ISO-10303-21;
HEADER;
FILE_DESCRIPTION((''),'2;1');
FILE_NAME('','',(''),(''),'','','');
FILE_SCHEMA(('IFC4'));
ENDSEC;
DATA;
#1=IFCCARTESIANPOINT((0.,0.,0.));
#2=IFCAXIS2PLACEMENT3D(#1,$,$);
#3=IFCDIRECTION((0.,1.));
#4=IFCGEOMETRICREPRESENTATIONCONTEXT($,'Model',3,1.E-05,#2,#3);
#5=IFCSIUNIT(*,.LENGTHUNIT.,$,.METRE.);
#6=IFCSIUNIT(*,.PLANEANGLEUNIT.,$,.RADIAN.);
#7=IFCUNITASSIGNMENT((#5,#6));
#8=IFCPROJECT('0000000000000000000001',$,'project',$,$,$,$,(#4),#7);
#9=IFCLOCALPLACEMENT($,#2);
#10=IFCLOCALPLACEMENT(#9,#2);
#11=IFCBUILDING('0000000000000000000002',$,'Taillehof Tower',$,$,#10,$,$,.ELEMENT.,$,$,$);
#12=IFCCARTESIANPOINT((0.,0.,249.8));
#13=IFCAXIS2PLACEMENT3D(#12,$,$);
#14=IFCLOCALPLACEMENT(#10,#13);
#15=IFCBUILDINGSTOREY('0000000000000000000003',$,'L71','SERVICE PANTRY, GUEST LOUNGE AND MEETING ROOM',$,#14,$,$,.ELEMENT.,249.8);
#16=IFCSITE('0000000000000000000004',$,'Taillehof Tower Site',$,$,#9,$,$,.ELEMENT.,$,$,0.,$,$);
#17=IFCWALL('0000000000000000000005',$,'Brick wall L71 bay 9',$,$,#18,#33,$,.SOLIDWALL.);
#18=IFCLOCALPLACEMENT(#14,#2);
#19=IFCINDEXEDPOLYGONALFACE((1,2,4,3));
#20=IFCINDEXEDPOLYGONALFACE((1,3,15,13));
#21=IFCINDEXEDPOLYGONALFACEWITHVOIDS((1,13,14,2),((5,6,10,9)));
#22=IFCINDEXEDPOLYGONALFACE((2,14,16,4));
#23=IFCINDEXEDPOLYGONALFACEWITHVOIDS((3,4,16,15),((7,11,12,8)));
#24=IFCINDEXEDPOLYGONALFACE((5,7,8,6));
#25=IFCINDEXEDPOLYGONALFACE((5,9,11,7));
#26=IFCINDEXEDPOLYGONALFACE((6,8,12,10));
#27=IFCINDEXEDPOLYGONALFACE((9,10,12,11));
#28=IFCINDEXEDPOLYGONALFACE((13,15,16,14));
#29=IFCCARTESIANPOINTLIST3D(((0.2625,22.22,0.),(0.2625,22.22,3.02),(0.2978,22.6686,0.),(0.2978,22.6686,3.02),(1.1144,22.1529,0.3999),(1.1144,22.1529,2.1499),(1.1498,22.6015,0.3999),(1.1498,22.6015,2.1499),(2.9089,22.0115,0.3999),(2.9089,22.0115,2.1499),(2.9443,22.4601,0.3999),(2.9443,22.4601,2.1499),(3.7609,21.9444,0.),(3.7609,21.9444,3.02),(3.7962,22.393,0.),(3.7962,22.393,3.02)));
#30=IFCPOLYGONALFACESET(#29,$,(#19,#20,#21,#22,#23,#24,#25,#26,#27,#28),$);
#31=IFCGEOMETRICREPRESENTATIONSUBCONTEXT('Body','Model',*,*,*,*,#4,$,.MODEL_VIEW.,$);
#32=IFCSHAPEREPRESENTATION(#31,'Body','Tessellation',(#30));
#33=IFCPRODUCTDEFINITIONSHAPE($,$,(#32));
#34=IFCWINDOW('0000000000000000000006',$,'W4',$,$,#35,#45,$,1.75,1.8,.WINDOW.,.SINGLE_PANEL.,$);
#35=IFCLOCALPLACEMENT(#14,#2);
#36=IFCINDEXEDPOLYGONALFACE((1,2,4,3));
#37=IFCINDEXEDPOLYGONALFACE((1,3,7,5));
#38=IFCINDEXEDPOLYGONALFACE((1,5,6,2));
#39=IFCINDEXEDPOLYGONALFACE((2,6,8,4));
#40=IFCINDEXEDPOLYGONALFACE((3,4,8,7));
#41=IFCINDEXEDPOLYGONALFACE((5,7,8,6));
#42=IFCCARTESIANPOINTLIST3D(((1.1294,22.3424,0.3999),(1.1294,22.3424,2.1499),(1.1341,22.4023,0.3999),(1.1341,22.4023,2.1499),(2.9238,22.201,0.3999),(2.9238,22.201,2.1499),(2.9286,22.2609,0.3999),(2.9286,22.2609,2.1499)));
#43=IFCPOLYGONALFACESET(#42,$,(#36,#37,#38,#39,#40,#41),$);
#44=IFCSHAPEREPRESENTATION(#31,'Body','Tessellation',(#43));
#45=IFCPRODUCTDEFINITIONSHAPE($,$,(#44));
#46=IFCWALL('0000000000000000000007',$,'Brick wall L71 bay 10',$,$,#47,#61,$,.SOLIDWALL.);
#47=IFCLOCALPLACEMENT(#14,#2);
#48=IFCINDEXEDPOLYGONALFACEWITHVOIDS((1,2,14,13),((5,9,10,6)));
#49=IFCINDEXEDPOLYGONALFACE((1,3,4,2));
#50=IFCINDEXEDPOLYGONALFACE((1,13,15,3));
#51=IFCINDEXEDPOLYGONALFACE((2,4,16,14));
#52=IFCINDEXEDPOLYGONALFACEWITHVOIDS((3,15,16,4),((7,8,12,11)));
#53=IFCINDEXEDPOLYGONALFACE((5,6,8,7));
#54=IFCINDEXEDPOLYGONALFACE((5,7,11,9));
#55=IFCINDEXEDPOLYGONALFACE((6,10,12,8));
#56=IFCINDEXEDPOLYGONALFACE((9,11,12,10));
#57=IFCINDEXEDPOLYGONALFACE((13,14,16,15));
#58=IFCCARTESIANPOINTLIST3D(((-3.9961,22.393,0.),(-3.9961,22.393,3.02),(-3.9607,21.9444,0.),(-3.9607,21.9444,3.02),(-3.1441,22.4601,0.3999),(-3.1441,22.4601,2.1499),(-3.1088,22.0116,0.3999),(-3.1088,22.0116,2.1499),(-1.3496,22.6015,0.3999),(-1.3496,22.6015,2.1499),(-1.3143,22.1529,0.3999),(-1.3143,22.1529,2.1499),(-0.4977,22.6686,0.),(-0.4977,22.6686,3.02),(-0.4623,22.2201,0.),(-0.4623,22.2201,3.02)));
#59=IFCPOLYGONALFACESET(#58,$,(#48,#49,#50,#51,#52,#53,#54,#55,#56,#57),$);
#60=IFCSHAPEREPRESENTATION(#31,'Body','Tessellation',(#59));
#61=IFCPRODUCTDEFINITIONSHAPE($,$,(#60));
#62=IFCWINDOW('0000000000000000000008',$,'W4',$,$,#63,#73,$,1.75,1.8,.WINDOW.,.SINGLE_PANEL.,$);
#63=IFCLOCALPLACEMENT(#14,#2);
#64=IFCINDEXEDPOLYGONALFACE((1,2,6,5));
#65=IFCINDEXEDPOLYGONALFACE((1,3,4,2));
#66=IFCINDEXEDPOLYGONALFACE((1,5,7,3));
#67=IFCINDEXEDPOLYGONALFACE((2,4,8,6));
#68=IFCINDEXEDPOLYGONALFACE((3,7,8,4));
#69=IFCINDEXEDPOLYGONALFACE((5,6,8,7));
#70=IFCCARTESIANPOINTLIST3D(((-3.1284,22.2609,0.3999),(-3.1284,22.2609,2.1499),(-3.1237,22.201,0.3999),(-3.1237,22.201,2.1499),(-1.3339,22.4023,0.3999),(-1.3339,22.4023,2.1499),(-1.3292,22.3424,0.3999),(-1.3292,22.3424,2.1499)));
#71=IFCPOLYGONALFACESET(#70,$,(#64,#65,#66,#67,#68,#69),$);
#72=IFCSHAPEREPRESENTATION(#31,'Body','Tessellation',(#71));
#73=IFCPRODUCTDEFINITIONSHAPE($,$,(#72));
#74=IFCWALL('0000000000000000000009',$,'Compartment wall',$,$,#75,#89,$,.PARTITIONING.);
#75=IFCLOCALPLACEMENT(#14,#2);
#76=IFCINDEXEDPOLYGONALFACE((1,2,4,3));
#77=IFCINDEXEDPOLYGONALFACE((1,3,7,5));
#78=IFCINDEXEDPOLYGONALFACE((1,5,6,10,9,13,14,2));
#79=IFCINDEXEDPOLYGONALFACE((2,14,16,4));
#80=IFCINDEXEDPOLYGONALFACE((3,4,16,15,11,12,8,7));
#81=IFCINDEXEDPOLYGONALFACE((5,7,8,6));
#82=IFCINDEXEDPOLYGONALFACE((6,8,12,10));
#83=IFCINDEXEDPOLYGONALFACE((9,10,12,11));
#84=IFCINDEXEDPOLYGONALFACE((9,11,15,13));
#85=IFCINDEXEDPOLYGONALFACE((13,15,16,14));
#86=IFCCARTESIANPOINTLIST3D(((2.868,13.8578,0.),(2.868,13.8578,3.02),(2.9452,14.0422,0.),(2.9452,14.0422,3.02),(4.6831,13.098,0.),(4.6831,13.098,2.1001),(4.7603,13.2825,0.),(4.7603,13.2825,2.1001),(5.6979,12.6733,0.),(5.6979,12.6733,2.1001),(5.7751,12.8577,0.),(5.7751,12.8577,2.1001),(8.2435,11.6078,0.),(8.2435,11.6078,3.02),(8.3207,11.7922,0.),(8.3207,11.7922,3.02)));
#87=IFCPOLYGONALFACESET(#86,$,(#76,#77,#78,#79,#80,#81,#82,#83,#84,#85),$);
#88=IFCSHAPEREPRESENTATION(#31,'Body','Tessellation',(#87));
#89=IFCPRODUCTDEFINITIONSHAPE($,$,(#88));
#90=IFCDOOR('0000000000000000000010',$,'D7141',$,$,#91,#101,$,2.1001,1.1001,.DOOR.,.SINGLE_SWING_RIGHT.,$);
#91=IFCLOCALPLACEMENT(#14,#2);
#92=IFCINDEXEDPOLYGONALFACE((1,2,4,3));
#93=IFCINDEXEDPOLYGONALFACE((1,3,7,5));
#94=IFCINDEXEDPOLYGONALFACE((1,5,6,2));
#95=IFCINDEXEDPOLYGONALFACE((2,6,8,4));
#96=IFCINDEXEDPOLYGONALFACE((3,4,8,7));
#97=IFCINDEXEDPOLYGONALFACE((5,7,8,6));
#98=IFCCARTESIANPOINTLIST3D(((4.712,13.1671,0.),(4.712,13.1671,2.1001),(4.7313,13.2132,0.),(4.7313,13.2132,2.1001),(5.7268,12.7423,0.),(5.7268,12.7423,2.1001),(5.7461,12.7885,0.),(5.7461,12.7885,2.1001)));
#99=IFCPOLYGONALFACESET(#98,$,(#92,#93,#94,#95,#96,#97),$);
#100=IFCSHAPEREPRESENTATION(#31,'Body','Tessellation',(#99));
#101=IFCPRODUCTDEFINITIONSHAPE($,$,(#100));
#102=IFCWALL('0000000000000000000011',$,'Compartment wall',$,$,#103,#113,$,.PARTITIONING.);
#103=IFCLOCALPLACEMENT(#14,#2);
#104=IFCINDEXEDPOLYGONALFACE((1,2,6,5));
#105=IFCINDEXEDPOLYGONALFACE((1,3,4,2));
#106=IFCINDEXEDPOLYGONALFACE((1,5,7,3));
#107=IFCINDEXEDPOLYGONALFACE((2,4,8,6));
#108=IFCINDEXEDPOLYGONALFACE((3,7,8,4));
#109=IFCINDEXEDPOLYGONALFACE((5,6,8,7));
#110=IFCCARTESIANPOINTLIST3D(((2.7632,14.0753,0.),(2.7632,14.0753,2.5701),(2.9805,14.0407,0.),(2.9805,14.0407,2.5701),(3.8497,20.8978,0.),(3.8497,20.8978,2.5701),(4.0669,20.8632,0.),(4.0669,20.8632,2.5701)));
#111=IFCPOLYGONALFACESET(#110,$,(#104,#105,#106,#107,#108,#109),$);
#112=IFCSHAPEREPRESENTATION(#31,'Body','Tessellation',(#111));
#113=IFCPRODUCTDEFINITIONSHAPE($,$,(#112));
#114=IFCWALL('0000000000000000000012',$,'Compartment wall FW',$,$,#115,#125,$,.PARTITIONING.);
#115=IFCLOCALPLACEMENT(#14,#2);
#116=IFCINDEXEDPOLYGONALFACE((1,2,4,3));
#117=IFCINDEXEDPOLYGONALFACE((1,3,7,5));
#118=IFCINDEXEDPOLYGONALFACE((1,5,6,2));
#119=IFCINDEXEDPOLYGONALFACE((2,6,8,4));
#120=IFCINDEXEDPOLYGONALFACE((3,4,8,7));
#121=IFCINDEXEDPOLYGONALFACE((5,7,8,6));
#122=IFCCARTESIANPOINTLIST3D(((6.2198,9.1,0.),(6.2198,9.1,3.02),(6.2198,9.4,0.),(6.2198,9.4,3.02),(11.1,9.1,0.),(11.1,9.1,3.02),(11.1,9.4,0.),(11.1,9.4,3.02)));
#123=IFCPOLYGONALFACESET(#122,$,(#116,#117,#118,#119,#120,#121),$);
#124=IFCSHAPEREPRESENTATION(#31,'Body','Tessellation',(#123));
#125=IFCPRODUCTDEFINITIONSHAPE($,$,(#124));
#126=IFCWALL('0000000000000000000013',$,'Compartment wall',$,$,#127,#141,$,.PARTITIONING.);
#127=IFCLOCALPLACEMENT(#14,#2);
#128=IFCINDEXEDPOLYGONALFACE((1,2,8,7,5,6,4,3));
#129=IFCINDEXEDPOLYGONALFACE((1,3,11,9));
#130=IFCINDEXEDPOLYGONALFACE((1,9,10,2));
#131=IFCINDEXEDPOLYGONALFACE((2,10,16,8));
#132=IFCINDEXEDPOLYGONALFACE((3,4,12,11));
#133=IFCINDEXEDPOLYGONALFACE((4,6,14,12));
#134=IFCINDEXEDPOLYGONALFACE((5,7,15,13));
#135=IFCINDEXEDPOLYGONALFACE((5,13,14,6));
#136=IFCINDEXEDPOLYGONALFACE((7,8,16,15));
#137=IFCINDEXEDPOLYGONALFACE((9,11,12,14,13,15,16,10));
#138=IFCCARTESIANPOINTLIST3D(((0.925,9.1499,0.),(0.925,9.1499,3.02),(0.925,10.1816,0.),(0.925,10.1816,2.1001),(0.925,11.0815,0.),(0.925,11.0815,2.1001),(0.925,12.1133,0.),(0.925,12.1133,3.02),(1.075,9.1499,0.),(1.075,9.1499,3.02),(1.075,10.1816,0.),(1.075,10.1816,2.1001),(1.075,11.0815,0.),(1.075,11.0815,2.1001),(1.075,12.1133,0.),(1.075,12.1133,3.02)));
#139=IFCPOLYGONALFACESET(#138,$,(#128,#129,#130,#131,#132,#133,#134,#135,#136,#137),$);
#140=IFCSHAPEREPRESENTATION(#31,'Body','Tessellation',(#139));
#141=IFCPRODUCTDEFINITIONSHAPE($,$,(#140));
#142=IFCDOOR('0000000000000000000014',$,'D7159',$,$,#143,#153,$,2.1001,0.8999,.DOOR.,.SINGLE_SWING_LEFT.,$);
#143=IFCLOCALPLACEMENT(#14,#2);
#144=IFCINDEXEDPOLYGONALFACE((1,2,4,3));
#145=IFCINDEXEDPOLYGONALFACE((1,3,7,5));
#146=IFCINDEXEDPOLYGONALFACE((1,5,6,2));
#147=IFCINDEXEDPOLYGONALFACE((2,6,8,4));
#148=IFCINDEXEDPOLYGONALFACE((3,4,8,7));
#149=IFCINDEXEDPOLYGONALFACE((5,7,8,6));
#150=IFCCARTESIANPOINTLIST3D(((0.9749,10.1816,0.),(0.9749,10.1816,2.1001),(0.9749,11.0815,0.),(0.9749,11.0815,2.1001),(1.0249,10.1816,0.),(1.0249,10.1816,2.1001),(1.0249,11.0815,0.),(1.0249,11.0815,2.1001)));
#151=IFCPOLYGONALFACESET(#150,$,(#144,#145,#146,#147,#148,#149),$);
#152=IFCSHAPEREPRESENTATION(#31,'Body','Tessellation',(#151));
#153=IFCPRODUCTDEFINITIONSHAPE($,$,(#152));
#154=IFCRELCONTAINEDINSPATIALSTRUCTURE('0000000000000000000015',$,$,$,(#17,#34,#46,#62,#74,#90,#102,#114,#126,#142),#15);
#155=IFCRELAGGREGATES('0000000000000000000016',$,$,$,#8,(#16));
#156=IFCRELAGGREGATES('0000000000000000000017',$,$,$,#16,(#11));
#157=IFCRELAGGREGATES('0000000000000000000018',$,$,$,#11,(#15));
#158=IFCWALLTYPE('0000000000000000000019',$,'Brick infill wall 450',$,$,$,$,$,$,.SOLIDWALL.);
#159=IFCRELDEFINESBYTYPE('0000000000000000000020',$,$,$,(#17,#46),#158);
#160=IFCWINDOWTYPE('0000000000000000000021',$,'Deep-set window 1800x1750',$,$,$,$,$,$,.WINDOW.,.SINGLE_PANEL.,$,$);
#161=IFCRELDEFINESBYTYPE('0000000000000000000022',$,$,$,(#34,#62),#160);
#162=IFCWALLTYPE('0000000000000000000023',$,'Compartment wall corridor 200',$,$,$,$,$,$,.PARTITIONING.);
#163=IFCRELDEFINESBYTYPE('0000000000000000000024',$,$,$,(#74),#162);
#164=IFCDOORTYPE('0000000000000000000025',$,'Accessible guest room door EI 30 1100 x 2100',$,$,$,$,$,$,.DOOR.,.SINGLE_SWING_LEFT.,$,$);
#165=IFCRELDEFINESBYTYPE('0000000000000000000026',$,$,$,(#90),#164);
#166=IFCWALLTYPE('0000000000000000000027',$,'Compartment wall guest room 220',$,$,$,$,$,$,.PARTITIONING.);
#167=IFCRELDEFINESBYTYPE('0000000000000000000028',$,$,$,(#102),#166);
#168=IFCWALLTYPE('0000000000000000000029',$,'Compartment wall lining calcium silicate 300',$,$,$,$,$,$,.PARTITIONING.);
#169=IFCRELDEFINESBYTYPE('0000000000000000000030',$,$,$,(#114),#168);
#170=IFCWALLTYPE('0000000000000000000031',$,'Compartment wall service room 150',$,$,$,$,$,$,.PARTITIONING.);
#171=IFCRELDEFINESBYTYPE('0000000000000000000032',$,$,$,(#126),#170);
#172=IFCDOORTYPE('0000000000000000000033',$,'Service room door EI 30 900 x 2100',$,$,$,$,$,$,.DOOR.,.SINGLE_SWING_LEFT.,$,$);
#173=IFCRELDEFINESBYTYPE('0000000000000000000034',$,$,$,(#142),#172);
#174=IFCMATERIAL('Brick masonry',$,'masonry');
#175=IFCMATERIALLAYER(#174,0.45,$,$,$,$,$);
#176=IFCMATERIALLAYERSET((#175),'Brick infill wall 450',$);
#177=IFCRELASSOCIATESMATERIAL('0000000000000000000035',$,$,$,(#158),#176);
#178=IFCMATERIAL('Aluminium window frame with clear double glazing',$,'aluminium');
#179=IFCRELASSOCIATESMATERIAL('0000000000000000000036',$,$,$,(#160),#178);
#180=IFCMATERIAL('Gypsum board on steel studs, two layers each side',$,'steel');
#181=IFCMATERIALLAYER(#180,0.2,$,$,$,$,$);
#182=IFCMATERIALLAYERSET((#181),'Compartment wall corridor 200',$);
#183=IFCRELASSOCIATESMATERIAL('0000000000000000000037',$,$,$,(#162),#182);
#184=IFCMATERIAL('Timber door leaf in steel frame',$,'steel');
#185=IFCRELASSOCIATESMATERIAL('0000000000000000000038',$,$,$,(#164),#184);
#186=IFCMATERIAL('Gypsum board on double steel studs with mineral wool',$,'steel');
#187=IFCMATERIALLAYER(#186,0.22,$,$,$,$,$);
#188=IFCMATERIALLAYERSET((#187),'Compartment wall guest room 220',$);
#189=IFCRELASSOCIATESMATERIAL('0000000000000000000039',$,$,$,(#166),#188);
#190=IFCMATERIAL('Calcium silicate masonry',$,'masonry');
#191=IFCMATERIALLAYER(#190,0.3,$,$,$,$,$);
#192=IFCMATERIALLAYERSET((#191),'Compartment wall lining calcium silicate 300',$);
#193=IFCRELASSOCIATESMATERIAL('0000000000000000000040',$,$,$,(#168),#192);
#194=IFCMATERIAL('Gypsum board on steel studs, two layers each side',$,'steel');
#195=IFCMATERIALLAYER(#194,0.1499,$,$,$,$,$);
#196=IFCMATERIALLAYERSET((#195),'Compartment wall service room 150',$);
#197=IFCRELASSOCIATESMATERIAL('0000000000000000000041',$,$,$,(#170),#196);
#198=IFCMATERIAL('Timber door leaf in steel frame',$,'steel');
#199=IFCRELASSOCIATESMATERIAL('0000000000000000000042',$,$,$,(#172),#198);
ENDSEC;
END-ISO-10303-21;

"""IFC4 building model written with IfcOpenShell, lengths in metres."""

from ifc_helpers import new_model, si_unit, direction, frame, frame_2d, origin, place, context, subcontext, project, spatial, rectangle, extrude, material, layer, layer_set, type_object, element, fill, save


model = new_model("IFC4")

# Units and contexts
model_context = context("Model", 3, precision=1e-05, world=origin(), true_north=direction((0.0, 1.0)))
body_context = subcontext(model_context, "Body", "Model", "MODEL_VIEW")
ifc_project = project(units=[si_unit("LENGTHUNIT", "METRE"), si_unit("PLANEANGLEUNIT", "RADIAN")], contexts=[model_context])

# Site, building, storey
site_placement = place(None, origin())
site = spatial("IfcSite", under=ifc_project, at=site_placement, Name="Taillehof Tower Site", CompositionType="ELEMENT", RefElevation=0.0)
building_placement = place(site_placement, origin())
building = spatial("IfcBuilding", under=site, at=building_placement, Name="Taillehof Tower", CompositionType="ELEMENT")
storey_placement = place(building_placement, frame((0.0, 0.0, 249.8)))
storey = spatial("IfcBuildingStorey", under=building, at=storey_placement, Name="L71", Description="SERVICE PANTRY, GUEST LOUNGE AND MEETING ROOM", CompositionType="ELEMENT", Elevation=249.8)

# Walls, openings, windows
ifc_material_1 = material(Name="Brick masonry", Category="masonry")
ifc_layer_1 = layer(ifc_material_1, 0.45)
ifc_layer_set_1 = layer_set([ifc_layer_1], Name="Brick infill wall 450")
wall_type_1 = type_object("IfcWallType", Name="Brick infill wall 450", PredefinedType="SOLIDWALL", material=ifc_layer_set_1)
ifc_material_2 = material(Name="Aluminium window frame with clear double glazing", Category="aluminium")
window_type = type_object("IfcWindowType", Name="Deep-set window 1800x1750", PartitioningType="SINGLE_PANEL", PredefinedType="WINDOW", material=ifc_material_2)
wall_1_placement = place(storey_placement, frame((3.7786, 22.1687, 0.0), z_axis=(0.0, 0.0, 1.0), x_axis=(-0.996911, 0.078542, 0.0)))
wall_1 = element("IfcWall", 1, at=wall_1_placement, inside=storey, type_object=wall_type_1, Name="Brick wall L71 bay 9", PredefinedType="SOLIDWALL", context=body_context, shape_type="SweptSolid", body=[
    extrude(rectangle(XDim=3.5093, YDim=0.45, at=frame_2d((1.7546, 0.0))), origin(), (0.0, 0.0, 1.0), 3.02),
])
opening_1_placement = place(wall_1_placement, frame((0.8547, 0.0, 0.3999)))
opening_1 = element("IfcOpeningElement", 2, at=opening_1_placement, cuts=wall_1, PredefinedType="OPENING", context=body_context, shape_type="SweptSolid", body=[
    extrude(rectangle(XDim=1.8, YDim=1.75, at=frame_2d((0.8999, 0.875))), frame((0.0, 0.2349, 0.0), z_axis=(0.0, -1.0, 0.0), x_axis=(1.0, 0.0, 0.0)), (0.0, 0.0, 1.0), 0.47),
])
window_1_placement = place(opening_1_placement, origin())
window_1 = element("IfcWindow", 3, at=window_1_placement, inside=storey, type_object=window_type, Name="W4", OverallHeight=1.75, OverallWidth=1.8, PartitioningType="SINGLE_PANEL", PredefinedType="WINDOW", context=body_context, shape_type="SweptSolid", body=[
    extrude(rectangle(XDim=1.8, YDim=1.75, at=frame_2d((0.8999, 0.875))), frame((0.0, 0.0349, 0.0), z_axis=(0.0, -1.0, 0.0), x_axis=(1.0, 0.0, 0.0)), (0.0, 0.0, 1.0), 0.0601),
])
fill(opening_1, window_1)
wall_2_placement = place(storey_placement, frame((-0.48, 22.4443, 0.0), z_axis=(0.0, 0.0, 1.0), x_axis=(-0.996911, -0.078542, 0.0)))
wall_2 = element("IfcWall", 4, at=wall_2_placement, inside=storey, type_object=wall_type_1, Name="Brick wall L71 bay 10", PredefinedType="SOLIDWALL", context=body_context, shape_type="SweptSolid", body=[
    extrude(rectangle(XDim=3.5093, YDim=0.45, at=frame_2d((1.7546, 0.0))), origin(), (0.0, 0.0, 1.0), 3.02),
])
opening_2_placement = place(wall_2_placement, frame((0.8547, 0.0, 0.3999)))
opening_2 = element("IfcOpeningElement", 5, at=opening_2_placement, cuts=wall_2, PredefinedType="OPENING", context=body_context, shape_type="SweptSolid", body=[
    extrude(rectangle(XDim=1.8, YDim=1.75, at=frame_2d((0.8999, 0.875))), frame((0.0, 0.2349, 0.0), z_axis=(0.0, -1.0, 0.0), x_axis=(1.0, 0.0, 0.0)), (0.0, 0.0, 1.0), 0.47),
])
window_2_placement = place(opening_2_placement, origin())
window_2 = element("IfcWindow", 6, at=window_2_placement, inside=storey, type_object=window_type, Name="W4", OverallHeight=1.75, OverallWidth=1.8, PartitioningType="SINGLE_PANEL", PredefinedType="WINDOW", context=body_context, shape_type="SweptSolid", body=[
    extrude(rectangle(XDim=1.8, YDim=1.75, at=frame_2d((0.8999, 0.875))), frame((0.0, 0.0349, 0.0), z_axis=(0.0, -1.0, 0.0), x_axis=(1.0, 0.0, 0.0)), (0.0, 0.0, 1.0), 0.0601),
])
fill(opening_2, window_2)

# Wall, opening, door
ifc_material_3 = material(Name="Gypsum board on steel studs, two layers each side", Category="steel")
ifc_layer_2 = layer(ifc_material_3, 0.2)
ifc_layer_set_2 = layer_set([ifc_layer_2], Name="Compartment wall corridor 200")
wall_type_2 = type_object("IfcWallType", Name="Compartment wall corridor 200", PredefinedType="PARTITIONING", material=ifc_layer_set_2)
wall_3_placement = place(storey_placement, frame((2.9067, 13.95, 0.0), z_axis=(0.0, 0.0, 1.0), x_axis=(0.922453, -0.386108, 0.0)))
wall_3 = element("IfcWall", 7, at=wall_3_placement, inside=storey, type_object=wall_type_2, Name="Compartment wall", PredefinedType="PARTITIONING", context=body_context, shape_type="SweptSolid", body=[
    extrude(rectangle(XDim=5.8274, YDim=0.2, at=frame_2d((2.9136, 0.0))), origin(), (0.0, 0.0, 1.0), 3.02),
])
opening_3_placement = place(wall_3_placement, frame((1.9675, 0.0, 0.0)))
opening_3 = element("IfcOpeningElement", 8, at=opening_3_placement, cuts=wall_3, PredefinedType="OPENING", context=body_context, shape_type="SweptSolid", body=[
    extrude(rectangle(XDim=1.1001, YDim=2.1001, at=frame_2d((0.55, 1.05))), frame((0.0, 0.1099, 0.0), z_axis=(0.0, -1.0, 0.0), x_axis=(1.0, 0.0, 0.0)), (0.0, 0.0, 1.0), 0.22),
])
ifc_material_4 = material(Name="Timber door leaf in steel frame", Category="steel")
door_type_1 = type_object("IfcDoorType", Name="Accessible guest room door EI 30 1100 x 2100", OperationType="SINGLE_SWING_LEFT", PredefinedType="DOOR", material=ifc_material_4)
door_1_placement = place(opening_3_placement, origin())
door_1 = element("IfcDoor", 9, at=door_1_placement, inside=storey, type_object=door_type_1, Name="D7141", OperationType="SINGLE_SWING_RIGHT", OverallHeight=2.1001, OverallWidth=1.1001, PredefinedType="DOOR", context=body_context, shape_type="SweptSolid", body=[
    extrude(rectangle(XDim=1.1001, YDim=2.1001, at=frame_2d((0.55, 1.05))), frame((0.0, 0.0249, 0.0), z_axis=(0.0, -1.0, 0.0), x_axis=(1.0, 0.0, 0.0)), (0.0, 0.0, 1.0), 0.05),
])
fill(opening_3, door_1)

# Walls
ifc_material_5 = material(Name="Gypsum board on double steel studs with mineral wool", Category="steel")
ifc_layer_3 = layer(ifc_material_5, 0.22)
ifc_layer_set_3 = layer_set([ifc_layer_3], Name="Compartment wall guest room 220")
wall_type_3 = type_object("IfcWallType", Name="Compartment wall guest room 220", PredefinedType="PARTITIONING", material=ifc_layer_set_3)
wall_4_placement = place(storey_placement, frame((3.9583, 20.8804, 0.0), z_axis=(0.0, 0.0, 1.0), x_axis=(-0.15726, -0.987557, 0.0)))
element("IfcWall", 10, at=wall_4_placement, inside=storey, type_object=wall_type_3, Name="Compartment wall", PredefinedType="PARTITIONING", context=body_context, shape_type="SweptSolid", body=[
    extrude(rectangle(XDim=6.9084, YDim=0.22, at=frame_2d((3.4541, 0.0))), origin(), (0.0, 0.0, 1.0), 2.5701),
])
ifc_material_6 = material(Name="Calcium silicate masonry", Category="masonry")
ifc_layer_4 = layer(ifc_material_6, 0.3)
ifc_layer_set_4 = layer_set([ifc_layer_4], Name="Compartment wall lining calcium silicate 300")
wall_type_4 = type_object("IfcWallType", Name="Compartment wall lining calcium silicate 300", PredefinedType="PARTITIONING", material=ifc_layer_set_4)
wall_5_placement = place(storey_placement, frame((6.22, 9.25, 0.0), z_axis=(0.0, 0.0, 1.0), x_axis=(1.0, 0.0, 0.0)))
element("IfcWall", 11, at=wall_5_placement, inside=storey, type_object=wall_type_4, Name="Compartment wall FW", PredefinedType="PARTITIONING", context=body_context, shape_type="SweptSolid", body=[
    extrude(rectangle(XDim=4.8801, YDim=0.3, at=frame_2d((2.4399, 0.0))), origin(), (0.0, 0.0, 1.0), 3.02),
])

# Wall, opening, door
ifc_material_7 = material(Name="Gypsum board on steel studs, two layers each side", Category="steel")
ifc_layer_5 = layer(ifc_material_7, 0.1499)
ifc_layer_set_5 = layer_set([ifc_layer_5], Name="Compartment wall service room 150")
wall_type_5 = type_object("IfcWallType", Name="Compartment wall service room 150", PredefinedType="PARTITIONING", material=ifc_layer_set_5)
wall_6_placement = place(storey_placement, frame((1.0, 12.1133, 0.0), z_axis=(0.0, 0.0, 1.0), x_axis=(0.0, -1.0, 0.0)))
wall_6 = element("IfcWall", 12, at=wall_6_placement, inside=storey, type_object=wall_type_5, Name="Compartment wall", PredefinedType="PARTITIONING", context=body_context, shape_type="SweptSolid", body=[
    extrude(rectangle(XDim=2.9634, YDim=0.1499, at=frame_2d((1.4817, 0.0))), origin(), (0.0, 0.0, 1.0), 3.02),
])
opening_4_placement = place(wall_6_placement, frame((1.0317, 0.0, 0.0)))
opening_4 = element("IfcOpeningElement", 13, at=opening_4_placement, cuts=wall_6, PredefinedType="OPENING", context=body_context, shape_type="SweptSolid", body=[
    extrude(rectangle(XDim=0.8999, YDim=2.1001, at=frame_2d((0.45, 1.05))), frame((0.0, 0.085, 0.0), z_axis=(0.0, -1.0, 0.0), x_axis=(1.0, 0.0, 0.0)), (0.0, 0.0, 1.0), 0.1699),
])
ifc_material_8 = material(Name="Timber door leaf in steel frame", Category="steel")
door_type_2 = type_object("IfcDoorType", Name="Service room door EI 30 900 x 2100", OperationType="SINGLE_SWING_LEFT", PredefinedType="DOOR", material=ifc_material_8)
door_2_placement = place(opening_4_placement, origin())
door_2 = element("IfcDoor", 14, at=door_2_placement, inside=storey, type_object=door_type_2, Name="D7159", OperationType="SINGLE_SWING_LEFT", OverallHeight=2.1001, OverallWidth=0.8999, PredefinedType="DOOR", context=body_context, shape_type="SweptSolid", body=[
    extrude(rectangle(XDim=0.8999, YDim=2.1001, at=frame_2d((0.45, 1.05))), frame((0.0, 0.0249, 0.0), z_axis=(0.0, -1.0, 0.0), x_axis=(1.0, 0.0, 0.0)), (0.0, 0.0, 1.0), 0.05),
])
fill(opening_4, door_2)

save(model, "model.ifc")
